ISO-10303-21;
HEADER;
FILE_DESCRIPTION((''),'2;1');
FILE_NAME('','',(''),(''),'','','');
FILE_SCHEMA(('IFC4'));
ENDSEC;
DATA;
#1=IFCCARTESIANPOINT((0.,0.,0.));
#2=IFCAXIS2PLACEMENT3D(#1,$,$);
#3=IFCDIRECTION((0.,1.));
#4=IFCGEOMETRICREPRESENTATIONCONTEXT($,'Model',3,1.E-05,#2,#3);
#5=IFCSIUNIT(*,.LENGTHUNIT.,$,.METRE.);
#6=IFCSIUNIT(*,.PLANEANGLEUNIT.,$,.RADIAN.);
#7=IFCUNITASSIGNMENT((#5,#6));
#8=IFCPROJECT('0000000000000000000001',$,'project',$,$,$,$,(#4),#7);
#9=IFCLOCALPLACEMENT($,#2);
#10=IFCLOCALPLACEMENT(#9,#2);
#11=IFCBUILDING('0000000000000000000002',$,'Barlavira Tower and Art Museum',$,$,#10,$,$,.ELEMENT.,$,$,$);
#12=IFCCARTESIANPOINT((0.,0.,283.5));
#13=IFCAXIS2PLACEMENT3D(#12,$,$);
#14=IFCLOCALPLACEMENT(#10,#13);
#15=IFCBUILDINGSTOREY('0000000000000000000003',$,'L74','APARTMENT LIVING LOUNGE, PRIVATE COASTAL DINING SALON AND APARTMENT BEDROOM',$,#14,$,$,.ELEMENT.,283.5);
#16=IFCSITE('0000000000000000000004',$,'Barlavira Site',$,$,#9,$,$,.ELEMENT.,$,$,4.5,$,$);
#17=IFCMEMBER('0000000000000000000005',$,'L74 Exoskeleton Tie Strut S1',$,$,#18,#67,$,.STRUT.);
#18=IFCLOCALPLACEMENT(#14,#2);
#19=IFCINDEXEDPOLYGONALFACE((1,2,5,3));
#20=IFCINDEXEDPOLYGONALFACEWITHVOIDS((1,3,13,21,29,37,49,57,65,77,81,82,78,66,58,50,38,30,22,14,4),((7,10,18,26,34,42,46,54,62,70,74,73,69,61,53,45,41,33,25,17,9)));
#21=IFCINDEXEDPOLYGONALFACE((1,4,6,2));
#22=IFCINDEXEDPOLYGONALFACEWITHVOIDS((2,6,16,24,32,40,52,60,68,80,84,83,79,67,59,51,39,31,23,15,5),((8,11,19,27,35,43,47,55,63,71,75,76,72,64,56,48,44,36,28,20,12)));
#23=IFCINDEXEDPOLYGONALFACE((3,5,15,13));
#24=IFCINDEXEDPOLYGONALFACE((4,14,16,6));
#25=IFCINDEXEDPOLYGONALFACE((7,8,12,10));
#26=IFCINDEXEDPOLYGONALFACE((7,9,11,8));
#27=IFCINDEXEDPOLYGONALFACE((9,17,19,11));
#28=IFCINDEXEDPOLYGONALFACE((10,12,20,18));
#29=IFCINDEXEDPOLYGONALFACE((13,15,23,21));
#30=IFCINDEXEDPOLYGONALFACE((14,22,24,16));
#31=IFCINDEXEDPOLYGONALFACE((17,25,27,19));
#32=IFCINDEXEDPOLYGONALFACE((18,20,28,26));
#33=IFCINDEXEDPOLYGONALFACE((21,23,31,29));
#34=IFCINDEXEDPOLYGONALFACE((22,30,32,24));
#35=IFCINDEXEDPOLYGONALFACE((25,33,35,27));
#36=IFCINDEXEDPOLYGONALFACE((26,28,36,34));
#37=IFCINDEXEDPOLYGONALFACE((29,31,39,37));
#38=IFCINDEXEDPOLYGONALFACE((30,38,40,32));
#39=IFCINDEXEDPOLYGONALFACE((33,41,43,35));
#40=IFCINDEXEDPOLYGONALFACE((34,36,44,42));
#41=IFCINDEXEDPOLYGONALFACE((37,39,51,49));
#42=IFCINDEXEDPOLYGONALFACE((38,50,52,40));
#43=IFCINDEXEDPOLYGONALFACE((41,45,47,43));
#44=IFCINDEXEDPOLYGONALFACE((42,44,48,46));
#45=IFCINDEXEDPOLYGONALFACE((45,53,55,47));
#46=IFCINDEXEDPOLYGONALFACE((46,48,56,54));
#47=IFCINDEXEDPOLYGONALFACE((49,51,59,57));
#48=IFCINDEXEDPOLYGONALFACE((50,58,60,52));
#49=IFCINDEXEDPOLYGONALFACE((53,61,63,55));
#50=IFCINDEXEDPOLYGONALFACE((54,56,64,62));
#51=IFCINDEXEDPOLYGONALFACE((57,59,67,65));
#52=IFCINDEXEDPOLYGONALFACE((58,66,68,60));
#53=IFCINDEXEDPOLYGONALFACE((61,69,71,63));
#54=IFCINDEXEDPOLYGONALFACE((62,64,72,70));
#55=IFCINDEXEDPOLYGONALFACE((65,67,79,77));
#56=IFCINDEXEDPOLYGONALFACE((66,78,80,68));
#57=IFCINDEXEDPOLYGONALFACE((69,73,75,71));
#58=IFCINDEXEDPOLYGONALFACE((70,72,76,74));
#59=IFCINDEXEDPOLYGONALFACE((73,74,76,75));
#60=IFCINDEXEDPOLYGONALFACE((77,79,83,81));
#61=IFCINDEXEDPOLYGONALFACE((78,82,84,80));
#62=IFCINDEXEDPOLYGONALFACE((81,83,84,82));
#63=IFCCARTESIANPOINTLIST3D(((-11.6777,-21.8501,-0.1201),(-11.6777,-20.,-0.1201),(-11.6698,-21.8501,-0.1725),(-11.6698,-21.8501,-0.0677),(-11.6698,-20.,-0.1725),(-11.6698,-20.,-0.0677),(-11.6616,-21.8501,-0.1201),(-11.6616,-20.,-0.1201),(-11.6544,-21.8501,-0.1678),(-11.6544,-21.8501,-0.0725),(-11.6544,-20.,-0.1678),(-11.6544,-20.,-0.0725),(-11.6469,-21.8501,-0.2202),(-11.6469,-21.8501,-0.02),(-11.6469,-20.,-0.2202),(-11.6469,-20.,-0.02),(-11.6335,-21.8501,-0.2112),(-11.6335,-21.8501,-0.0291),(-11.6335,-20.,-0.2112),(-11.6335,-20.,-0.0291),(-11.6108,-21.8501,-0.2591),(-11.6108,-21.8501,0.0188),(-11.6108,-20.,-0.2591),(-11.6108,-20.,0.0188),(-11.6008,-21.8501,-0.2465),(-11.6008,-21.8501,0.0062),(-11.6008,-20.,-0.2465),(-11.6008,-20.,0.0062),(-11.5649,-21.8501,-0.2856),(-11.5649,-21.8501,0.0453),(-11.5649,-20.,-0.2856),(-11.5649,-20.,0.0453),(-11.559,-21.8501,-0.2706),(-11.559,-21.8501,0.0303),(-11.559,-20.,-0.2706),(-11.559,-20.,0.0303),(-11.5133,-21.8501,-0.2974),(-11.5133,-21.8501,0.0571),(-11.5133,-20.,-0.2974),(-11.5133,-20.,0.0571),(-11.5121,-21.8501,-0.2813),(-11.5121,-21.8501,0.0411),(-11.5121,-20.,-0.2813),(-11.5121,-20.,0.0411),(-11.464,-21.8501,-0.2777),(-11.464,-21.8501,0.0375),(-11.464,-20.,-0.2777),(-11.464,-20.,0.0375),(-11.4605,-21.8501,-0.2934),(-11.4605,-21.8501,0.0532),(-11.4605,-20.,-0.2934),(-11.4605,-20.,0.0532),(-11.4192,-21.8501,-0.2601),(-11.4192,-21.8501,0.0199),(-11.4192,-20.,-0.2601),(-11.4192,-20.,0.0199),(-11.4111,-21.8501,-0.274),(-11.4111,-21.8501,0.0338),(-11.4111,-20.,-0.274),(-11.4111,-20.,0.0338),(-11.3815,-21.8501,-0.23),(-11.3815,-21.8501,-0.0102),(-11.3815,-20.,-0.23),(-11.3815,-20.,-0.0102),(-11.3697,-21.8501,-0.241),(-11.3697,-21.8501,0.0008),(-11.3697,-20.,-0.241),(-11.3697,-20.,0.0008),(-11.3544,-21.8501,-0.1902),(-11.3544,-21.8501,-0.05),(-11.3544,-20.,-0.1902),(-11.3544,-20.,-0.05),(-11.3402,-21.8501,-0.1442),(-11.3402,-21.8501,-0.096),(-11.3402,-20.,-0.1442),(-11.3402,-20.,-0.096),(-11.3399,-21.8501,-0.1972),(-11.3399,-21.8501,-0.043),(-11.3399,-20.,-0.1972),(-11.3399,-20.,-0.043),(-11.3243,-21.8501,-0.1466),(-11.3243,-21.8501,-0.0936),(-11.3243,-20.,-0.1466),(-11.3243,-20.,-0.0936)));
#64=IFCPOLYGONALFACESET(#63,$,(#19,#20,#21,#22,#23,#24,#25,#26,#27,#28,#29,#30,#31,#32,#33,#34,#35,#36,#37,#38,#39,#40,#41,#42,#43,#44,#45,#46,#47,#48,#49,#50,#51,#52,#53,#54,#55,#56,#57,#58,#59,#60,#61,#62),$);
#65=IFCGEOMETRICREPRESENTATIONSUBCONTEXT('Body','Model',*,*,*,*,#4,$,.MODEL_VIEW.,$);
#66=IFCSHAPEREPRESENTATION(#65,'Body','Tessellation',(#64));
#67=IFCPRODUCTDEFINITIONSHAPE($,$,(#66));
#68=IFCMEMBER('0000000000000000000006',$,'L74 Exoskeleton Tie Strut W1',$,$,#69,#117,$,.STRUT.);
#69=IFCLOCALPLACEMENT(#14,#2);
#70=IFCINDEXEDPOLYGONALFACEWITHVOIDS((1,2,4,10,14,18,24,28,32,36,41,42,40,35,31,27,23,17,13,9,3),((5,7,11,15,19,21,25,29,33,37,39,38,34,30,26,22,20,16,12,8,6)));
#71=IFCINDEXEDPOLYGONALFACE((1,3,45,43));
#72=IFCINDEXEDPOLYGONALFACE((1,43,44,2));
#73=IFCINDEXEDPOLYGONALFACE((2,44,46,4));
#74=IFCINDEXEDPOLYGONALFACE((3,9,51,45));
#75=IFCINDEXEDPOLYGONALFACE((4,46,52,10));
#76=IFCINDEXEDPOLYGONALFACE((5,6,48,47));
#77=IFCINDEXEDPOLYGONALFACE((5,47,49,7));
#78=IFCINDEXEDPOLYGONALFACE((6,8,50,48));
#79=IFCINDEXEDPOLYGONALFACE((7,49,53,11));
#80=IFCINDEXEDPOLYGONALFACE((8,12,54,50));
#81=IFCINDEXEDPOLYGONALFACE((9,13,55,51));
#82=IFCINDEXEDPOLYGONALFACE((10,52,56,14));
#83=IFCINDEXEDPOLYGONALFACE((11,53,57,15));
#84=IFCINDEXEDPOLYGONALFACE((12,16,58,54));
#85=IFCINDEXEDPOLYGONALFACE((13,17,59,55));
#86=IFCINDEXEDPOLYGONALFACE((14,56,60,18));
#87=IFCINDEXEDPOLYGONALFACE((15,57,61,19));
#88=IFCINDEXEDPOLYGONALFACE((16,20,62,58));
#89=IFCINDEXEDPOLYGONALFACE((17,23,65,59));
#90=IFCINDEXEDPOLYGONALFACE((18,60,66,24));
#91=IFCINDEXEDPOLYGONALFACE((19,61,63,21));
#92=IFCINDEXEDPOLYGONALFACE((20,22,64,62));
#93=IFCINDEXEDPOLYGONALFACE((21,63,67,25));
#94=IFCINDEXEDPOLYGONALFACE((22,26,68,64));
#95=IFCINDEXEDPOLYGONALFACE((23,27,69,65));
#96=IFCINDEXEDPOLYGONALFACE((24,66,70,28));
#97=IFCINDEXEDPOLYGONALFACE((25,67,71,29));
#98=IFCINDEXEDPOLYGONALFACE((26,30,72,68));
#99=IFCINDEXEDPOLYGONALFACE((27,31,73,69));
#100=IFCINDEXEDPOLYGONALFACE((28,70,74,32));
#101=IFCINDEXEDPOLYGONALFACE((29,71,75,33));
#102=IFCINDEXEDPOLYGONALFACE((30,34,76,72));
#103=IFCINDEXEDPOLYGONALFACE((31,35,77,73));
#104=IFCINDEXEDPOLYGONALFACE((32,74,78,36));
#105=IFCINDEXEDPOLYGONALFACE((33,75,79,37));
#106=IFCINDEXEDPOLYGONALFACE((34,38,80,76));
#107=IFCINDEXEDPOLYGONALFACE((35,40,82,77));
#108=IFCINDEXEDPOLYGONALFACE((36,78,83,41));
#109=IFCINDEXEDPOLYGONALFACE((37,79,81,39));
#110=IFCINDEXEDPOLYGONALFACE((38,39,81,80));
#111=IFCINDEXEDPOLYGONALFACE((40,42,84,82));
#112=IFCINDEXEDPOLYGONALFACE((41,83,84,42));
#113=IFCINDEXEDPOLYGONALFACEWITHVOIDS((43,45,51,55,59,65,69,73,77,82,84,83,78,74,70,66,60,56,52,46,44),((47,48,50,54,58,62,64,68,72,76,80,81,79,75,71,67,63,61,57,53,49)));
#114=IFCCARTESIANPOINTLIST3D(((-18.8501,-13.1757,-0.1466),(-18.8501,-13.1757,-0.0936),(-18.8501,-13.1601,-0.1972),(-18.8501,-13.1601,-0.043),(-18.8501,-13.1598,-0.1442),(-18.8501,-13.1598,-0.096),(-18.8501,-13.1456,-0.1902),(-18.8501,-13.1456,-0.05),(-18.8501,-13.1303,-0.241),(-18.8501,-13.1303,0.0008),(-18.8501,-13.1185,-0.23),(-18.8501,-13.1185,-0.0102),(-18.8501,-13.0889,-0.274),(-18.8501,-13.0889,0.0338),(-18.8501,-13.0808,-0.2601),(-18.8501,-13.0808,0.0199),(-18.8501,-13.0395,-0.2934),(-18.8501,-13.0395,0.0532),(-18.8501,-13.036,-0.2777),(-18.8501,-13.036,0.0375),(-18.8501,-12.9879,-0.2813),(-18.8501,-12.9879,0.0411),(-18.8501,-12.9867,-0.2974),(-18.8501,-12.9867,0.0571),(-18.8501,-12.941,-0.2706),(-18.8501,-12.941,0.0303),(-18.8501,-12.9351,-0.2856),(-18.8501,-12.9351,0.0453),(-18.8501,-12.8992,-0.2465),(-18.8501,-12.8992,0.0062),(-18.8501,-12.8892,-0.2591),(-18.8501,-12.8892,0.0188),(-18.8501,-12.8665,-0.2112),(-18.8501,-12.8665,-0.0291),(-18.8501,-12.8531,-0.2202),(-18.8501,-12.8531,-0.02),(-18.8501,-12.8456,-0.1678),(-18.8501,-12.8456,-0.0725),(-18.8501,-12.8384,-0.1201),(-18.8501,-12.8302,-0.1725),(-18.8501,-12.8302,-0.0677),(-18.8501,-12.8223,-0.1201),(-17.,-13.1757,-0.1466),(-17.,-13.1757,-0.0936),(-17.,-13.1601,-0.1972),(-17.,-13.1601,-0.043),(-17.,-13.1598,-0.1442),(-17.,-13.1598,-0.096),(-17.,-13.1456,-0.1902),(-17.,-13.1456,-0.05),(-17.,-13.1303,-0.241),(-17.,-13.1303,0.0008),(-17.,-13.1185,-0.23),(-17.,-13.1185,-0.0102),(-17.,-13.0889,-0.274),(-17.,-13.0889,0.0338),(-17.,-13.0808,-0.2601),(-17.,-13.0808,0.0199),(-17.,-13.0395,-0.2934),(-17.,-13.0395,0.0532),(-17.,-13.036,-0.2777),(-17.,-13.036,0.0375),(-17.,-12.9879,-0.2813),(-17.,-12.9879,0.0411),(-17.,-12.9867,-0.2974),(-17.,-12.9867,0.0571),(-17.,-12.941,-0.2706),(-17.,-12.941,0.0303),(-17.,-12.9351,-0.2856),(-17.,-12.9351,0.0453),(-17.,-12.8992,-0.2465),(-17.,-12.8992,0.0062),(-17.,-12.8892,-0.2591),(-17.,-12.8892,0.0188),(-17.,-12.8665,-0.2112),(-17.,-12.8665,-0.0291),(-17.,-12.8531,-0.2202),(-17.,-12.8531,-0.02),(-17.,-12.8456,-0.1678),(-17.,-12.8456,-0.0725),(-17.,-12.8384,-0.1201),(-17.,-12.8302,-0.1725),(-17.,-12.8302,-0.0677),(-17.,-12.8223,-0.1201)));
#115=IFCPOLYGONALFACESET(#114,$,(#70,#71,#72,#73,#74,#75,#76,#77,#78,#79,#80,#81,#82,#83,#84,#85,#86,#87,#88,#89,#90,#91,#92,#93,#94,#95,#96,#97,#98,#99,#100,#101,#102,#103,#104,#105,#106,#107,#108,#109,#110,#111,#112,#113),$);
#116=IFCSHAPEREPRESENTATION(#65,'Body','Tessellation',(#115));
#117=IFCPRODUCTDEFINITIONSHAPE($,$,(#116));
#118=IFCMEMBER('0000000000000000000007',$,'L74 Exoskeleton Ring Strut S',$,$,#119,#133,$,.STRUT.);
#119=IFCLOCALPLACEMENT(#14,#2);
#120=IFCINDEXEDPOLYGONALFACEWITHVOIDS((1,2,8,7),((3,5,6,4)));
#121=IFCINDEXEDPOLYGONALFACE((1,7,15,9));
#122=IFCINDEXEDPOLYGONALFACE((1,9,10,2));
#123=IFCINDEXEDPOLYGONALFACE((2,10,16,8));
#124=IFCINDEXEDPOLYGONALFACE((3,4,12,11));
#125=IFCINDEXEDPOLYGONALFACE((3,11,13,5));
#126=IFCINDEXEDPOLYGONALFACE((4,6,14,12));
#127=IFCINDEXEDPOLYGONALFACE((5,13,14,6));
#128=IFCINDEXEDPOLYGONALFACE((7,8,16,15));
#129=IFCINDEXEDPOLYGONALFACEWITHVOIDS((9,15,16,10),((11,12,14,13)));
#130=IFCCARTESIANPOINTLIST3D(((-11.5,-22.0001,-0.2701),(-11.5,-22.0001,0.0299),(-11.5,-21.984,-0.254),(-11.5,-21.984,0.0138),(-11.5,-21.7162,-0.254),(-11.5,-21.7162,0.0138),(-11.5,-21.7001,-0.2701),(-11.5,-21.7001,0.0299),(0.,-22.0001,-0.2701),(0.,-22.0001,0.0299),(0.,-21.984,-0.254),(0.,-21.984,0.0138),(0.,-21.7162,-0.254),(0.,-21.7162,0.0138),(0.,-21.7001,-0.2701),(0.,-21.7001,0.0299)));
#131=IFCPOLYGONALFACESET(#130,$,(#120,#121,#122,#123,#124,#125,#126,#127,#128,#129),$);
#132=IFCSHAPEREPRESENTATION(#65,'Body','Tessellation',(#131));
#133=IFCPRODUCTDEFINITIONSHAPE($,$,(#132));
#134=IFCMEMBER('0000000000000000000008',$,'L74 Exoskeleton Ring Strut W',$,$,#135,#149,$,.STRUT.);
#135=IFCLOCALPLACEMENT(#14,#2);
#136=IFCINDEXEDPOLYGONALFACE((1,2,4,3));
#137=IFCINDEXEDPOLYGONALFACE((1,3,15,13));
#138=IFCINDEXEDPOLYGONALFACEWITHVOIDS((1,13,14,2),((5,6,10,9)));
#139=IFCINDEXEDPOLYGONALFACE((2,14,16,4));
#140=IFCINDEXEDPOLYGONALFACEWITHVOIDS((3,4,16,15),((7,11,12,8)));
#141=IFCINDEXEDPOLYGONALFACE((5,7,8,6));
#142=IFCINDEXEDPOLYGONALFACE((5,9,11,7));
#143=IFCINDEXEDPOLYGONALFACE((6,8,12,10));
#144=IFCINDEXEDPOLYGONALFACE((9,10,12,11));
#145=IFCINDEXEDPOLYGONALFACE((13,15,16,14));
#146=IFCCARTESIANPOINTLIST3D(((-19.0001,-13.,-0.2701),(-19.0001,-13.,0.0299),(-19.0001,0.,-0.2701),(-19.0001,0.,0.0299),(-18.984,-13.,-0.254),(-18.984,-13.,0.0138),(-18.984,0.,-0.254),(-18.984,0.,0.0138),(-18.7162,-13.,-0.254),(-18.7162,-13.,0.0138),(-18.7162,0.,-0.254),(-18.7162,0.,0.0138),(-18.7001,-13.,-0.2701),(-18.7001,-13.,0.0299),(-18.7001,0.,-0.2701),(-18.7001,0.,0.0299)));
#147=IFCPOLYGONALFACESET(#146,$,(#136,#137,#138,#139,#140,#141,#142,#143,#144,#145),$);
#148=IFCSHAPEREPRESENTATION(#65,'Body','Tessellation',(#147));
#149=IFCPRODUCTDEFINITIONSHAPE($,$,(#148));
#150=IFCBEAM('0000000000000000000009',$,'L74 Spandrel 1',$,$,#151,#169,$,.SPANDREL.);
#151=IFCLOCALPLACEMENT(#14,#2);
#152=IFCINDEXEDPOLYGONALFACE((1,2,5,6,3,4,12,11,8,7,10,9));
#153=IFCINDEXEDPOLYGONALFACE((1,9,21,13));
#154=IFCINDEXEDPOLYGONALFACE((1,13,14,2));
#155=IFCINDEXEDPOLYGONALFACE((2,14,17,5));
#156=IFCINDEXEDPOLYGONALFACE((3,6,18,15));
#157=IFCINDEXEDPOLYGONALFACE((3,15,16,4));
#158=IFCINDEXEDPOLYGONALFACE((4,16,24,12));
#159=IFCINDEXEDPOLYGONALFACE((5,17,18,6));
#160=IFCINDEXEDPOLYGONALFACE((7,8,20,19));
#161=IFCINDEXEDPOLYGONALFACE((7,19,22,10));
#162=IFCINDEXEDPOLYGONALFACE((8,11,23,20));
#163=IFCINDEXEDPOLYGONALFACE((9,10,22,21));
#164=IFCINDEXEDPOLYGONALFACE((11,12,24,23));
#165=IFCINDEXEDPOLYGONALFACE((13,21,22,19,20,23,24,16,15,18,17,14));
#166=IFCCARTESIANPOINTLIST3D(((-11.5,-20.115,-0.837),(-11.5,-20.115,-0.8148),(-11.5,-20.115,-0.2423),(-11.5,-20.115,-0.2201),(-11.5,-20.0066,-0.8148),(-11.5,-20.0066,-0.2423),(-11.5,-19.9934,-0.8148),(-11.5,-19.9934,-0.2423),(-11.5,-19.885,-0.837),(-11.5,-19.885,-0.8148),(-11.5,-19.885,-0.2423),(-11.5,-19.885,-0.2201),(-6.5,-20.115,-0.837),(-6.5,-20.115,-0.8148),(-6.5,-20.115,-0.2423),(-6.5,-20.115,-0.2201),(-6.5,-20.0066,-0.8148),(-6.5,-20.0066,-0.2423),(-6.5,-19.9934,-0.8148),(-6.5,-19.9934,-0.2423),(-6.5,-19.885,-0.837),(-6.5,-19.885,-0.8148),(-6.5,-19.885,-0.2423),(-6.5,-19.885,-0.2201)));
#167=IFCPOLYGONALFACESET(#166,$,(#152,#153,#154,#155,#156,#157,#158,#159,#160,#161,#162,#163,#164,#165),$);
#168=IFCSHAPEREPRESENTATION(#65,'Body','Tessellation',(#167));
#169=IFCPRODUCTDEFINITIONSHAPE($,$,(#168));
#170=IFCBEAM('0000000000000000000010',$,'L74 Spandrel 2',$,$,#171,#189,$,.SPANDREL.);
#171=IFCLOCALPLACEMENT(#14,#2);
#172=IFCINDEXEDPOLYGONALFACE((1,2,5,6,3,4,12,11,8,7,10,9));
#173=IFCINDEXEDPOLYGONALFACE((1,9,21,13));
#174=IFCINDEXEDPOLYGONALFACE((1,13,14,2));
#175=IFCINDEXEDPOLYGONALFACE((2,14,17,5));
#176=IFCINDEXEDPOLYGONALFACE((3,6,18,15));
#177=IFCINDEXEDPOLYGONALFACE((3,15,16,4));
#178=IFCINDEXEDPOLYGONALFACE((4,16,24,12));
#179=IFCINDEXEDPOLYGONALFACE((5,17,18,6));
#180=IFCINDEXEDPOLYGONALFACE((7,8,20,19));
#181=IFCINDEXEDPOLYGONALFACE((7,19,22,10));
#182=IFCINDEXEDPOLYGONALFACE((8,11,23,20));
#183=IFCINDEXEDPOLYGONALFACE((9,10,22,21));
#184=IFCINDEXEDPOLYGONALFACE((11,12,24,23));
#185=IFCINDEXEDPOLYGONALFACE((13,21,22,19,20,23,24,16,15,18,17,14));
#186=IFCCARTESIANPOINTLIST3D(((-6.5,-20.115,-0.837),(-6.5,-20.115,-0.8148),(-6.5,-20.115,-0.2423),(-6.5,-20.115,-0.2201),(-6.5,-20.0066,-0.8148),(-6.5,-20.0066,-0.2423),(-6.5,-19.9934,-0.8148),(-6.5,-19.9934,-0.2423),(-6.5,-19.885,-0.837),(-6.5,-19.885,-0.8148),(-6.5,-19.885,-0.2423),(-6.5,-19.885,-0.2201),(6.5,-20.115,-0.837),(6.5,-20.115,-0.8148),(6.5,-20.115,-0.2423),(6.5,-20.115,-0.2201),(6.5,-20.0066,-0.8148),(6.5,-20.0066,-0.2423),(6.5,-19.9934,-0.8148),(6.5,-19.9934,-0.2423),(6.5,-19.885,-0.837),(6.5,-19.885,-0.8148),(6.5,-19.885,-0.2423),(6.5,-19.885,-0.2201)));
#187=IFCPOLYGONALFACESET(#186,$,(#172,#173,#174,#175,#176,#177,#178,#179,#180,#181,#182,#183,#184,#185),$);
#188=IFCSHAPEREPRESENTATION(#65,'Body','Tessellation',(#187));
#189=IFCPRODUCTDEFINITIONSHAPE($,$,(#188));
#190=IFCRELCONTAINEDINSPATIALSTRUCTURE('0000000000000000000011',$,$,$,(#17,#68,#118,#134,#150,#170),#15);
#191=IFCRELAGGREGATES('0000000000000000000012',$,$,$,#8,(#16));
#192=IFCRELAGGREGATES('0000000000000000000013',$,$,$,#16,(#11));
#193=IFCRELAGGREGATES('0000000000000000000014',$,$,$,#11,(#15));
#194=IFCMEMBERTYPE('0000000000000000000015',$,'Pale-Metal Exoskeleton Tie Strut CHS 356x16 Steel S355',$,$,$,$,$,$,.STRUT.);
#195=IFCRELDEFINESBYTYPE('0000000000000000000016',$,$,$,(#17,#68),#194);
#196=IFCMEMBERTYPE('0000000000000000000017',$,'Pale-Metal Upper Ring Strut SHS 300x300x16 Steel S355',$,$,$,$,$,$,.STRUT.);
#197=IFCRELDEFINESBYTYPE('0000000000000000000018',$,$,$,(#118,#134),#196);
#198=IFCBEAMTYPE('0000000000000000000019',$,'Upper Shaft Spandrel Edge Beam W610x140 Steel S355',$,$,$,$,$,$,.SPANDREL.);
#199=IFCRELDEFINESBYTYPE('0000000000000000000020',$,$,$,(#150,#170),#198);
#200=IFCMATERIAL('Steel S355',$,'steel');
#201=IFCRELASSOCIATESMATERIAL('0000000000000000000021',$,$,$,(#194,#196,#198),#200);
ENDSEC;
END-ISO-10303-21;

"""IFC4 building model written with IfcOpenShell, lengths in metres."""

from ifc_helpers import new_model, si_unit, direction, frame, origin, origin_2d, place, context, subcontext, project, spatial, hollow_rectangle, hollow_circle, i_section, extrude, material, material_profile, profile_set, type_object, element, save


model = new_model("IFC4")

# Units and contexts
model_context = context("Model", 3, precision=1e-05, world=origin(), true_north=direction((0.0, 1.0)))
body_context = subcontext(model_context, "Body", "Model", "MODEL_VIEW")
ifc_project = project(units=[si_unit("LENGTHUNIT", "METRE"), si_unit("PLANEANGLEUNIT", "RADIAN")], contexts=[model_context])

# Site, building, storey
site_placement = place(None, origin())
site = spatial("IfcSite", under=ifc_project, at=site_placement, Name="Barlavira Site", CompositionType="ELEMENT", RefElevation=4.5)
building_placement = place(site_placement, origin())
building = spatial("IfcBuilding", under=site, at=building_placement, Name="Barlavira Tower and Art Museum", CompositionType="ELEMENT")
storey_placement = place(building_placement, frame((0.0, 0.0, 283.5)))
storey = spatial("IfcBuildingStorey", under=building, at=storey_placement, Name="L74", Description="APARTMENT LIVING LOUNGE, PRIVATE COASTAL DINING SALON AND APARTMENT BEDROOM", CompositionType="ELEMENT", Elevation=283.5)

# Members
ifc_material_1 = material(Name="Steel S355", Category="steel")
ifc_material_profile_1 = material_profile(ifc_material_1, hollow_circle(Radius=0.1777, WallThickness=0.0161, at=origin_2d()), Name="CHS 355.6x16.0")
ifc_profile_set_1 = profile_set([ifc_material_profile_1], Name="Steel S355")
member_type_1 = type_object("IfcMemberType", Name="Pale-Metal Exoskeleton Tie Strut CHS 356x16 Steel S355", PredefinedType="STRUT", material=ifc_profile_set_1)
for number, where, z_axis, x_axis, name in (
    (1, (-11.5, -21.8501, -0.1201), (0.0, 1.0, 0.0), (-1.0, 0.0, 0.0), "L74 Exoskeleton Tie Strut S1"),
    (2, (-18.8501, -13.0, -0.1201), (1.0, 0.0, 0.0), (0.0, 1.0, 0.0), "L74 Exoskeleton Tie Strut W1"),
):
    element("IfcMember", number, at=place(storey_placement, frame(where, z_axis=z_axis, x_axis=x_axis)), inside=storey, type_object=member_type_1, Name=name, PredefinedType="STRUT", context=body_context, shape_type="SweptSolid", body=[
        extrude(hollow_circle(Radius=0.1777, WallThickness=0.0161, at=origin_2d()), origin(), (0.0, 0.0, 1.0), 1.8501),
    ])
ifc_material_profile_2 = material_profile(ifc_material_1, hollow_rectangle(XDim=0.3, YDim=0.3, WallThickness=0.0161, at=origin_2d()), Name="SHS 300x300x16.0")
ifc_profile_set_2 = profile_set([ifc_material_profile_2], Name="Steel S355")
member_type_2 = type_object("IfcMemberType", Name="Pale-Metal Upper Ring Strut SHS 300x300x16 Steel S355", PredefinedType="STRUT", material=ifc_profile_set_2)
member_1_placement = place(storey_placement, frame((-11.5, -21.8501, -0.1201), z_axis=(1.0, 0.0, 0.0), x_axis=(0.0, 1.0, 0.0)))
element("IfcMember", 3, at=member_1_placement, inside=storey, type_object=member_type_2, Name="L74 Exoskeleton Ring Strut S", PredefinedType="STRUT", context=body_context, shape_type="SweptSolid", body=[
    extrude(hollow_rectangle(XDim=0.3, YDim=0.3, WallThickness=0.0161, at=origin_2d()), origin(), (0.0, 0.0, 1.0), 11.5),
])
member_2_placement = place(storey_placement, frame((-18.8501, -13.0, -0.1201), z_axis=(0.0, 1.0, 0.0), x_axis=(-1.0, 0.0, 0.0)))
element("IfcMember", 4, at=member_2_placement, inside=storey, type_object=member_type_2, Name="L74 Exoskeleton Ring Strut W", PredefinedType="STRUT", context=body_context, shape_type="SweptSolid", body=[
    extrude(hollow_rectangle(XDim=0.3, YDim=0.3, WallThickness=0.0161, at=origin_2d()), origin(), (0.0, 0.0, 1.0), 13.0),
])

# Beams
ifc_material_profile_3 = material_profile(ifc_material_1, i_section(OverallWidth=0.23, OverallDepth=0.6169, WebThickness=0.0132, FlangeThickness=0.0222, at=origin_2d()), Name="W610x140.0")
ifc_profile_set_3 = profile_set([ifc_material_profile_3], Name="Steel S355")
beam_type_1 = type_object("IfcBeamType", Name="Upper Shaft Spandrel Edge Beam W610x140 Steel S355", PredefinedType="SPANDREL", material=ifc_profile_set_3)
beam_1_placement = place(storey_placement, frame((-11.5, -20.0, -0.5286), z_axis=(1.0, 0.0, 0.0), x_axis=(0.0, 1.0, 0.0)))
element("IfcBeam", 5, at=beam_1_placement, inside=storey, type_object=beam_type_1, Name="L74 Spandrel 1", PredefinedType="SPANDREL", context=body_context, shape_type="SweptSolid", body=[
    extrude(i_section(OverallWidth=0.23, OverallDepth=0.6169, WebThickness=0.0132, FlangeThickness=0.0222, at=origin_2d()), origin(), (0.0, 0.0, 1.0), 5.0),
])
beam_2_placement = place(storey_placement, frame((-6.5, -20.0, -0.5286), z_axis=(1.0, 0.0, 0.0), x_axis=(0.0, 1.0, 0.0)))
element("IfcBeam", 6, at=beam_2_placement, inside=storey, type_object=beam_type_1, Name="L74 Spandrel 2", PredefinedType="SPANDREL", context=body_context, shape_type="SweptSolid", body=[
    extrude(i_section(OverallWidth=0.23, OverallDepth=0.6169, WebThickness=0.0132, FlangeThickness=0.0222, at=origin_2d()), origin(), (0.0, 0.0, 1.0), 13.0),
])

save(model, "model.ifc")
